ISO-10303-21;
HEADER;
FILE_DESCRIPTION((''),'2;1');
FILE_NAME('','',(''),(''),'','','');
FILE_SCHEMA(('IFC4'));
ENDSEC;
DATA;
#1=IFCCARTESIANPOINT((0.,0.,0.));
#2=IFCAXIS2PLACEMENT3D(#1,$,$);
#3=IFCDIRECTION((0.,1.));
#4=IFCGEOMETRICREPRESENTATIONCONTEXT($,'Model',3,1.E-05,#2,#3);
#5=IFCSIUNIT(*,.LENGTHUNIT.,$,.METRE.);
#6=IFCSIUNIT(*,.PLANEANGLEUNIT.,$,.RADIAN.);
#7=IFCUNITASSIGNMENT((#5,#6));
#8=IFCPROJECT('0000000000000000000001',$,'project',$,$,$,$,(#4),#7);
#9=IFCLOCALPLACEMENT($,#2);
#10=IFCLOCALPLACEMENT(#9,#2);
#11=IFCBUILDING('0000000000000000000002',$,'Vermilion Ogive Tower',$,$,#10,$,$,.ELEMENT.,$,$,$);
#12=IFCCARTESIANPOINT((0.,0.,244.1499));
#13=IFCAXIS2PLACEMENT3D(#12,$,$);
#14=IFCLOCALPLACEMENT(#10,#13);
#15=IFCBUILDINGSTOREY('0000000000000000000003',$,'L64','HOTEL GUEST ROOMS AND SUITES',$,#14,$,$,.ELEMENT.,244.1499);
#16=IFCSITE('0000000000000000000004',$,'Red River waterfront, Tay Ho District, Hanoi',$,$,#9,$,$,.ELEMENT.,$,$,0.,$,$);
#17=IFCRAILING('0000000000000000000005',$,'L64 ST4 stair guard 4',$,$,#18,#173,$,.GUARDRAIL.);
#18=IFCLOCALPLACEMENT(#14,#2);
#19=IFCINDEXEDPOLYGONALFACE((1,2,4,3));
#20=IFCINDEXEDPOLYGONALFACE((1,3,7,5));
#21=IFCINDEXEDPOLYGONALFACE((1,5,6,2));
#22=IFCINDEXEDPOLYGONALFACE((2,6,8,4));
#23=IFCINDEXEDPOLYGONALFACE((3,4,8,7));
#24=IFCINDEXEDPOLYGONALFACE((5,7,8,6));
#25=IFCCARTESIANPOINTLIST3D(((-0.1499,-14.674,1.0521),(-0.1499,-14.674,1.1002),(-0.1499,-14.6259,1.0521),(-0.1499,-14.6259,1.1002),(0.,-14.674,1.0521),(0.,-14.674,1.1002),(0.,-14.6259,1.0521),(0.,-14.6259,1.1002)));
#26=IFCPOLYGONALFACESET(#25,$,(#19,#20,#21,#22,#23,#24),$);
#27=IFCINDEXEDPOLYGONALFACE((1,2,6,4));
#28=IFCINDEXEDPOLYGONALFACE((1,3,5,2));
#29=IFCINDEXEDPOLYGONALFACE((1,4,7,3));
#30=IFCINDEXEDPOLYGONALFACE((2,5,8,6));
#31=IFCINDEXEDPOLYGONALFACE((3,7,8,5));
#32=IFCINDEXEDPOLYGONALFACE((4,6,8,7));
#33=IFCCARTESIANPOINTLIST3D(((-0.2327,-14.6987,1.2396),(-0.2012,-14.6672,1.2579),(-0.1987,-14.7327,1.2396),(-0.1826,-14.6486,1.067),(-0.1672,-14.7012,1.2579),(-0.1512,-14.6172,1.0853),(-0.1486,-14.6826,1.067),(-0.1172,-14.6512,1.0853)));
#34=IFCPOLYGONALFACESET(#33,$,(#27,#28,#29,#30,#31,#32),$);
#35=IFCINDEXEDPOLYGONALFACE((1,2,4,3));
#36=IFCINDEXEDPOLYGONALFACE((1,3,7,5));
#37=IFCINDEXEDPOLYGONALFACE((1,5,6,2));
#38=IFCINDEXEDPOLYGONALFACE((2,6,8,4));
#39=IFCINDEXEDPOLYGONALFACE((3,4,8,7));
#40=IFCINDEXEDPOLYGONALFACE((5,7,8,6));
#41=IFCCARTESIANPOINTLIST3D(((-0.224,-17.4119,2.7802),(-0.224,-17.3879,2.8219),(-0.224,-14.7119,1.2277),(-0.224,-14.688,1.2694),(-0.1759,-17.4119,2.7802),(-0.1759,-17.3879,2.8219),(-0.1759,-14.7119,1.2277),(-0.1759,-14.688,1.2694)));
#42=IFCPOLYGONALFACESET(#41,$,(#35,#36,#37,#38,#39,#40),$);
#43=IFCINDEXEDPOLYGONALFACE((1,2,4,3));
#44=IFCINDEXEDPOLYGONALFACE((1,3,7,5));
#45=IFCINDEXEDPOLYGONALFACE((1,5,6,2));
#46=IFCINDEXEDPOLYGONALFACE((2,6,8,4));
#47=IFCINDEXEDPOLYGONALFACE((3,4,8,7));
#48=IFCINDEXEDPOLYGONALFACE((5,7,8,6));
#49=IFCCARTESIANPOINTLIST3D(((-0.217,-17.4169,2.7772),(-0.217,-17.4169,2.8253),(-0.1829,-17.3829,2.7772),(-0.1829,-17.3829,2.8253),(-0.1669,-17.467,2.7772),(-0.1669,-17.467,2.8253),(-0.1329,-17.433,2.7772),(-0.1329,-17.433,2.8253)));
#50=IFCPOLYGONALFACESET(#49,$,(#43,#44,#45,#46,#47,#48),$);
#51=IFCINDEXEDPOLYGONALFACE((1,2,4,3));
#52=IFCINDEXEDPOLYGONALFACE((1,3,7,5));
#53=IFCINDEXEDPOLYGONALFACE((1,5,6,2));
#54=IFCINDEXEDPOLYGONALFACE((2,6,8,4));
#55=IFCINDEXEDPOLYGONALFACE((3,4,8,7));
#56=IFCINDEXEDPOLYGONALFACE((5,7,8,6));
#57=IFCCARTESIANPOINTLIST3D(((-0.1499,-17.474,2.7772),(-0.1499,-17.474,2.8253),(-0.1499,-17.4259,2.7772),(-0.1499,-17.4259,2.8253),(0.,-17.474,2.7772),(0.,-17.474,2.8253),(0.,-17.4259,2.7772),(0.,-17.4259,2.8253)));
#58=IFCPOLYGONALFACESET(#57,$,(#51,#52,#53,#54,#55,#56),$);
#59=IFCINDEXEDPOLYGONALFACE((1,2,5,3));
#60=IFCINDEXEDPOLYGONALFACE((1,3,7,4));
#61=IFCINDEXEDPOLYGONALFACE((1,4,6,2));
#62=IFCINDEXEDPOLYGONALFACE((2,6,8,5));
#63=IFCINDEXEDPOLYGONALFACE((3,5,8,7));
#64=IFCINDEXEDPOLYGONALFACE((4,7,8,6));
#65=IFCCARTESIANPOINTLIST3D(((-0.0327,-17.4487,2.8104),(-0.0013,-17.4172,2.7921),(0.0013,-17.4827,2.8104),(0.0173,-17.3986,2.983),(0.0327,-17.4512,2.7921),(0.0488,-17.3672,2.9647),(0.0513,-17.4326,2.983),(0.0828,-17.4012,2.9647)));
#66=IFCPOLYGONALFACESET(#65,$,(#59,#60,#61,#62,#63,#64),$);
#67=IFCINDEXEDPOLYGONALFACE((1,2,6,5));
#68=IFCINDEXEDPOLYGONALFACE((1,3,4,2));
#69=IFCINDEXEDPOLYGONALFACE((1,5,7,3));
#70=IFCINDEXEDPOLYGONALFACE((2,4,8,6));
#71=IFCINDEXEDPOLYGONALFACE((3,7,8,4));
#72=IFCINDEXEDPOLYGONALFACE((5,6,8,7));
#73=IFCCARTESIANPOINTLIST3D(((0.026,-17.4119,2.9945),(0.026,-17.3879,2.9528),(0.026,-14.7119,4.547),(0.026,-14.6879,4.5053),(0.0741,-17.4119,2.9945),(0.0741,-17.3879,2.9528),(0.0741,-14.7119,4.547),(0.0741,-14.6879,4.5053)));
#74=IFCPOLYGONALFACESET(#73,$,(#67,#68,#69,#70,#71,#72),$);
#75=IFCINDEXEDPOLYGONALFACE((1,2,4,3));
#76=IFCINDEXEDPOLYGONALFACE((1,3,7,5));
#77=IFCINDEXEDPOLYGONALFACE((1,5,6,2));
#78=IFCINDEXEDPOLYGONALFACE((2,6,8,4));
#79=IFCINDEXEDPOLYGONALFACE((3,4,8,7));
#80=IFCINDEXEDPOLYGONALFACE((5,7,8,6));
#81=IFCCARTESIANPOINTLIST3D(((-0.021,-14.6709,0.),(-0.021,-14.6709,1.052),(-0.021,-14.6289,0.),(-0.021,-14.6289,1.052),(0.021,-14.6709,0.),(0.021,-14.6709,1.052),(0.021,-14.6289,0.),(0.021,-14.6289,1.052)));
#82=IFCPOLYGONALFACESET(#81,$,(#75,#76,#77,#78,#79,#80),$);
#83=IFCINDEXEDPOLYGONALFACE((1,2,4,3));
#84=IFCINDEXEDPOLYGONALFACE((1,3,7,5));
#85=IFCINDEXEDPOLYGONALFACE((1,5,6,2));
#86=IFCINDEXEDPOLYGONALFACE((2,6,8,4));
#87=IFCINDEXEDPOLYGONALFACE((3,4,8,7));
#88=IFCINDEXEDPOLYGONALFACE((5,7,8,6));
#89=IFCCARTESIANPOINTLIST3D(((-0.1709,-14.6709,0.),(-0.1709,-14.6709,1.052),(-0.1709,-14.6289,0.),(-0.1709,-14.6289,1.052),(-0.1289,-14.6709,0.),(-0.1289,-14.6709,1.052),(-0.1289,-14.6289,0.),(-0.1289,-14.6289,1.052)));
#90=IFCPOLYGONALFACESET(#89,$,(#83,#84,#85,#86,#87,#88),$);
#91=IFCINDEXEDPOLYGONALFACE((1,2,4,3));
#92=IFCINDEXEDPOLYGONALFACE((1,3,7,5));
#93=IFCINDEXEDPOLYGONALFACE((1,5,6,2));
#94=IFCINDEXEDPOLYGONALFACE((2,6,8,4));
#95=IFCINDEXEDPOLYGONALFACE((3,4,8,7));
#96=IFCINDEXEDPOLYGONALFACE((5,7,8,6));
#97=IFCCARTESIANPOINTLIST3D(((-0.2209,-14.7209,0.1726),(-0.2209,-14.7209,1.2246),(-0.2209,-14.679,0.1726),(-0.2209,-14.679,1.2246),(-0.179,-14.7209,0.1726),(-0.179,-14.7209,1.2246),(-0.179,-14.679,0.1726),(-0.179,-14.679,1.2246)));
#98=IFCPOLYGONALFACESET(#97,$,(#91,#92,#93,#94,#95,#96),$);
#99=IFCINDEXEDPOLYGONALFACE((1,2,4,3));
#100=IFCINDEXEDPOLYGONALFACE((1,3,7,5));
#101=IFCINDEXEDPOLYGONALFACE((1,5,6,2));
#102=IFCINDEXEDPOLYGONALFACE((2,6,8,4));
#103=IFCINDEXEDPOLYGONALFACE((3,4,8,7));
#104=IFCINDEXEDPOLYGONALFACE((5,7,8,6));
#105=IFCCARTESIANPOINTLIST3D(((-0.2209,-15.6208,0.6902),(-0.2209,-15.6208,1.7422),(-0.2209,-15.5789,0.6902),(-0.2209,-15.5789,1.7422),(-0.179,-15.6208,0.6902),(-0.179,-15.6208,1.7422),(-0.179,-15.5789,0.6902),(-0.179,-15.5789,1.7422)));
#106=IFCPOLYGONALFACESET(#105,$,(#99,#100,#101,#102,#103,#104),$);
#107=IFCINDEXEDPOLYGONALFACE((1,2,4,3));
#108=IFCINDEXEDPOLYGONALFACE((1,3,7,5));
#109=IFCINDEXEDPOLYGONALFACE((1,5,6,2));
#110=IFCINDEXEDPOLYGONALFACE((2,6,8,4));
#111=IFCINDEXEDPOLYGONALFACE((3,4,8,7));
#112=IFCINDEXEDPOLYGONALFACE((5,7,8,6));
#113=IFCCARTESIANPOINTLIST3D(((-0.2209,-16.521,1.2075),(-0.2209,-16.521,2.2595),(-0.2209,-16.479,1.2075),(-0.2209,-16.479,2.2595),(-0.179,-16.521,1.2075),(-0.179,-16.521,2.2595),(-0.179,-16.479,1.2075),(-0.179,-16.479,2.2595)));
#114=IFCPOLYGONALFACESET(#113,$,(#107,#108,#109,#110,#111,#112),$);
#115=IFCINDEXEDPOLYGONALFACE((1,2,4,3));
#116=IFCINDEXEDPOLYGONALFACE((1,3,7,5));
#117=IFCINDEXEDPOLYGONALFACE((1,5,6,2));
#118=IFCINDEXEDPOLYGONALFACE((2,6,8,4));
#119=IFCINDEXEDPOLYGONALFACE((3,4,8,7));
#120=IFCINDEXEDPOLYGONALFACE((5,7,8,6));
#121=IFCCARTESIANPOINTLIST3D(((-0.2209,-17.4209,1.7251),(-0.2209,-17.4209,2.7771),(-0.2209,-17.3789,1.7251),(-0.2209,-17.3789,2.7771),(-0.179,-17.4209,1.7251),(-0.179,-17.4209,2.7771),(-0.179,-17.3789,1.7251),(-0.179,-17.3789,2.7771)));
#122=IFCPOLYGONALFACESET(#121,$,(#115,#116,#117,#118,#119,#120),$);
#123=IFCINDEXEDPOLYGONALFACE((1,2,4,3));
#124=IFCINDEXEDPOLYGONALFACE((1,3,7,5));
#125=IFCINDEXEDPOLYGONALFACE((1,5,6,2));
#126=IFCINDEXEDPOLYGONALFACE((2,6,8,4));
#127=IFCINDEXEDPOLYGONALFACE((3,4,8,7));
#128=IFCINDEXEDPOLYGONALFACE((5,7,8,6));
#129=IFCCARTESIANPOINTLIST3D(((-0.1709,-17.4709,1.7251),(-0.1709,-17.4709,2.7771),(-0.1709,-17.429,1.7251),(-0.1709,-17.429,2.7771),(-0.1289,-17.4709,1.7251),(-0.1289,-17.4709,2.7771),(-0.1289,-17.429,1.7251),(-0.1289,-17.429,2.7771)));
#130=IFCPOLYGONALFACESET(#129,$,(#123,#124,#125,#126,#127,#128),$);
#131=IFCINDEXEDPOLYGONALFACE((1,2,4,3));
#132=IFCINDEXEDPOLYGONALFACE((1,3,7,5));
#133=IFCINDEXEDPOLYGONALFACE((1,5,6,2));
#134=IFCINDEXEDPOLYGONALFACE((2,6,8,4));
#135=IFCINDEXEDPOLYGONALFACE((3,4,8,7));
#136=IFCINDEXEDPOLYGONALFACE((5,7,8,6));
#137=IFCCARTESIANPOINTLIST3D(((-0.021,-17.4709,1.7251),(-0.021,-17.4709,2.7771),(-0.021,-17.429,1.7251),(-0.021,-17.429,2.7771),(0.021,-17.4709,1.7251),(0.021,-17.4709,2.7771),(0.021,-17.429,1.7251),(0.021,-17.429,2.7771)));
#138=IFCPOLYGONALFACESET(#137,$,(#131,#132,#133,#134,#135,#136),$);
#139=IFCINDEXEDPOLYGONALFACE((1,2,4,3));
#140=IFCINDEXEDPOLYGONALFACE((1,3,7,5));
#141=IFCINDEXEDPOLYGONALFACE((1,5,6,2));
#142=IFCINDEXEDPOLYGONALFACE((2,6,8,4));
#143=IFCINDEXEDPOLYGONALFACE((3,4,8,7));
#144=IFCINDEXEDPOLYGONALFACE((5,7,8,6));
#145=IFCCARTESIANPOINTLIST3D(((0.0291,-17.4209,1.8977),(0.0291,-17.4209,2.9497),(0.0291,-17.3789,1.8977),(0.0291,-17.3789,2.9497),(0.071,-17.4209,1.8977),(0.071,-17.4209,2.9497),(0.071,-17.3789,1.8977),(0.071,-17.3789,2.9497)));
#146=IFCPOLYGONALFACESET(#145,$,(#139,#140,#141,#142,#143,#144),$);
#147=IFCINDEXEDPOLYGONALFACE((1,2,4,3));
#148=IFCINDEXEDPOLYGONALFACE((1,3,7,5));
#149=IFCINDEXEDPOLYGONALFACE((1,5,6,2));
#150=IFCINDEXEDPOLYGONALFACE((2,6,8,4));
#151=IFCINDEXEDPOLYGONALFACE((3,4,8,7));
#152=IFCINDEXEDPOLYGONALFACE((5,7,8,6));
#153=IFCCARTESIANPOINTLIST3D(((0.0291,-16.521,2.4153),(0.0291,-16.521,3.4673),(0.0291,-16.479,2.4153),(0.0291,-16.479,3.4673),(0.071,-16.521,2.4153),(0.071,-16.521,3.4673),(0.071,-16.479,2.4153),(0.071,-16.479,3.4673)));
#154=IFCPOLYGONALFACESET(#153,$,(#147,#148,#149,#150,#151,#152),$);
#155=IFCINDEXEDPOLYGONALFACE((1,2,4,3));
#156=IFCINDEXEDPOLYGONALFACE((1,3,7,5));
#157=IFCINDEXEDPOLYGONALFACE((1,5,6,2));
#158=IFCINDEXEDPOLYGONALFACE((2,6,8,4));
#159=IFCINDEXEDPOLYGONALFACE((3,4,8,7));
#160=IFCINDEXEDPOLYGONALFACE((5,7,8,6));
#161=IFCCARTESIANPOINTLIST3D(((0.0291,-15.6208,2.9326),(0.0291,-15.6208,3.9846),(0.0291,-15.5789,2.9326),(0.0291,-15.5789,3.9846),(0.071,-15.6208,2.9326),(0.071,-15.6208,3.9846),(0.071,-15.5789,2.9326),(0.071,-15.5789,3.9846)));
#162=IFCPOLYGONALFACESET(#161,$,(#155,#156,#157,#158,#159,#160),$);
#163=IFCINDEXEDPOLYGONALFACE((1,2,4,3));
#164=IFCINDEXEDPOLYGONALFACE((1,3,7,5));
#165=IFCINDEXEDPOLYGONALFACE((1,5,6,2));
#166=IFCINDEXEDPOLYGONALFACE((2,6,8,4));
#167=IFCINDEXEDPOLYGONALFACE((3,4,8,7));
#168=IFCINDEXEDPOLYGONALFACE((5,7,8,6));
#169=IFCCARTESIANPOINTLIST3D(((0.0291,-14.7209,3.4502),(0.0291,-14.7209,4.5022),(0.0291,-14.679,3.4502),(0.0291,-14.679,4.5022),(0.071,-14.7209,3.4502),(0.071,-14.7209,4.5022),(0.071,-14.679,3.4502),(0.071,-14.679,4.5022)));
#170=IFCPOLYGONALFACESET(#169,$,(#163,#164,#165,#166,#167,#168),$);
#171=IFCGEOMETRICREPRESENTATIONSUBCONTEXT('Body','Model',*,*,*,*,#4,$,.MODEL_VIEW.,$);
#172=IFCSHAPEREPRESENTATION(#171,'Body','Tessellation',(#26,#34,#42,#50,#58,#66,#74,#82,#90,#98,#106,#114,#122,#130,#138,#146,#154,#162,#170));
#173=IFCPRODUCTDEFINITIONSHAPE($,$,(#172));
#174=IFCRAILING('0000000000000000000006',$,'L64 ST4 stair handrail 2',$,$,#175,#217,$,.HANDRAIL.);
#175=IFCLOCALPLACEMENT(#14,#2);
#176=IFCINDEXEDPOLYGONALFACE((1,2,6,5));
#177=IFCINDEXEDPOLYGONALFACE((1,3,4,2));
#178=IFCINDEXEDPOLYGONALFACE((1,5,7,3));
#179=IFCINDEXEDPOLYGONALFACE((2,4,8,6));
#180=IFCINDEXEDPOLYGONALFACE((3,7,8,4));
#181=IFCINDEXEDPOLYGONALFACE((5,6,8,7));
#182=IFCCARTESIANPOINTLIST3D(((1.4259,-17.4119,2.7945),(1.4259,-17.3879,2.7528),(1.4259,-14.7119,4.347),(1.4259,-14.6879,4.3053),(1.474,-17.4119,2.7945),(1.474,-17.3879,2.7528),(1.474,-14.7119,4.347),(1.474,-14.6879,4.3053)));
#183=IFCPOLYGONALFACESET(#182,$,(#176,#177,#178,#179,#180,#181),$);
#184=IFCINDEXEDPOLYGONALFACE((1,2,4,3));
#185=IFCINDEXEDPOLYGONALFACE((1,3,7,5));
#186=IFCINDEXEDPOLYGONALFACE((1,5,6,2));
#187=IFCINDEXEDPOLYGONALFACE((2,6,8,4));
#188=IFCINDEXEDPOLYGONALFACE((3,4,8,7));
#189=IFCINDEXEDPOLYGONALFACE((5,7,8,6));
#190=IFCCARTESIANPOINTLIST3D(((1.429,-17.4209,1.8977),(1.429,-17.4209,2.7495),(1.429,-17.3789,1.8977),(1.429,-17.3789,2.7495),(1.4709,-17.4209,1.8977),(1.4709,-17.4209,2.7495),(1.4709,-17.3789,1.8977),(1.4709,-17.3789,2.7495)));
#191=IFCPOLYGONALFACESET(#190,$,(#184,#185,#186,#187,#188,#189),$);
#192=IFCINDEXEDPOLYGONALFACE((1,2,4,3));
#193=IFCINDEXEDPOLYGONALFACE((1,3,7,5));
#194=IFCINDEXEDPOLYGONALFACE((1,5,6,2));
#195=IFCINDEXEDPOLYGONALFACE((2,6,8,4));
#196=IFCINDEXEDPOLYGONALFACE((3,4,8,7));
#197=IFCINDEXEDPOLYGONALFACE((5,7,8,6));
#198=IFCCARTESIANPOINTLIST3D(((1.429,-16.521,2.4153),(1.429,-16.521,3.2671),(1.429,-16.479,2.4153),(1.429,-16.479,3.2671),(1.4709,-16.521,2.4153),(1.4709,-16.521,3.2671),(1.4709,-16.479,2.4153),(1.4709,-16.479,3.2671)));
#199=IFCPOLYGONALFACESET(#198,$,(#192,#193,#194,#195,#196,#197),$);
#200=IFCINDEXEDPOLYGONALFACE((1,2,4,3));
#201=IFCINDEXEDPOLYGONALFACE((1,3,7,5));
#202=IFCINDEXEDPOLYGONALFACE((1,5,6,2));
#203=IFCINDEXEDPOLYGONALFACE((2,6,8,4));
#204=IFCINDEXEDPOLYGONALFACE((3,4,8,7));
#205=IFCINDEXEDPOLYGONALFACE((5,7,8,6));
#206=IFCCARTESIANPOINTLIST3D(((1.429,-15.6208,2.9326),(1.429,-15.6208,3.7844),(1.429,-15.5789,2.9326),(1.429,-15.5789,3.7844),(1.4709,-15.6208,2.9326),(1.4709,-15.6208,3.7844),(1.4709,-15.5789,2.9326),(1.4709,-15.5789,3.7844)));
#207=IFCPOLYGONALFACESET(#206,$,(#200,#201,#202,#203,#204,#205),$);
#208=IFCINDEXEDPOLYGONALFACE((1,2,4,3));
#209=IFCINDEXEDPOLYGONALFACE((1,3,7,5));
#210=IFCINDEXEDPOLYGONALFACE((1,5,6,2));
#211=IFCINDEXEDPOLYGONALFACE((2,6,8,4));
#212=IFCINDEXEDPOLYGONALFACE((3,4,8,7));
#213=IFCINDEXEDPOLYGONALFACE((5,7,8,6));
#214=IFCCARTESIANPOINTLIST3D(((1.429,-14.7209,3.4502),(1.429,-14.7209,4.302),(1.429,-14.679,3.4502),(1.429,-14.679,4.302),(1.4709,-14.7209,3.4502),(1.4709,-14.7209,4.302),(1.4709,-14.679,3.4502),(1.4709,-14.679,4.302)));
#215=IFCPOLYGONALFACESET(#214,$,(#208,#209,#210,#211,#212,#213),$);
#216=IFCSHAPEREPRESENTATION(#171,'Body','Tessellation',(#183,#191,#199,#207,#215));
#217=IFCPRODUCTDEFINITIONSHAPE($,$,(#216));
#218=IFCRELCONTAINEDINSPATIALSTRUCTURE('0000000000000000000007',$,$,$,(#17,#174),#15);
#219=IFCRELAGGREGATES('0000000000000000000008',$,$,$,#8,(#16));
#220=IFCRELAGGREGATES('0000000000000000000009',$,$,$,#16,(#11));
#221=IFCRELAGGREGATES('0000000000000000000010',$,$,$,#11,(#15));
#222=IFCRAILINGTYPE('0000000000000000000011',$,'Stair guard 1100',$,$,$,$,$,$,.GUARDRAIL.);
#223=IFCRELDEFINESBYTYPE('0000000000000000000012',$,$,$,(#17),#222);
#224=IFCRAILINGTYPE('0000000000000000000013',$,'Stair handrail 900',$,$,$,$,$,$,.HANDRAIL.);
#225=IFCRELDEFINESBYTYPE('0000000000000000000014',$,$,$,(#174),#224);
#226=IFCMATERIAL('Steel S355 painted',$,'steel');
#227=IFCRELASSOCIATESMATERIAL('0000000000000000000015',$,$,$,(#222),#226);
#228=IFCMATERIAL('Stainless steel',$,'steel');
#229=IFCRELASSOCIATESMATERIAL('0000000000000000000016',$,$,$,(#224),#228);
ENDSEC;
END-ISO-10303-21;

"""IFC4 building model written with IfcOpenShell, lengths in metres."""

from ifc_helpers import new_model, si_unit, direction, frame, origin, origin_2d, place, context, subcontext, project, spatial, rectangle, extrude, material, type_object, element, save


model = new_model("IFC4")

# Units and contexts
model_context = context("Model", 3, precision=1e-05, world=origin(), true_north=direction((0.0, 1.0)))
body_context = subcontext(model_context, "Body", "Model", "MODEL_VIEW")
ifc_project = project(units=[si_unit("LENGTHUNIT", "METRE"), si_unit("PLANEANGLEUNIT", "RADIAN")], contexts=[model_context])

# Site, building, storey
site_placement = place(None, origin())
site = spatial("IfcSite", under=ifc_project, at=site_placement, Name="Red River waterfront, Tay Ho District, Hanoi", CompositionType="ELEMENT", RefElevation=0.0)
building_placement = place(site_placement, origin())
building = spatial("IfcBuilding", under=site, at=building_placement, Name="Vermilion Ogive Tower", CompositionType="ELEMENT")
storey_placement = place(building_placement, frame((0.0, 0.0, 244.1499)))
storey = spatial("IfcBuildingStorey", under=building, at=storey_placement, Name="L64", Description="HOTEL GUEST ROOMS AND SUITES", CompositionType="ELEMENT", Elevation=244.1499)

# Railings
ifc_material_1 = material(Name="Steel S355 painted", Category="steel")
railing_type_1 = type_object("IfcRailingType", Name="Stair guard 1100", PredefinedType="GUARDRAIL", material=ifc_material_1)
railing_1_placement = place(storey_placement, frame((0.0, -14.6499, 0.0)))
element("IfcRailing", 1, at=railing_1_placement, inside=storey, type_object=railing_type_1, Name="L64 ST4 stair guard 4", PredefinedType="GUARDRAIL", context=body_context, shape_type="SweptSolid", body=[
    extrude(rectangle(XDim=0.0481, YDim=0.0481, at=origin_2d()), frame((0.0, 0.0, 1.0762), z_axis=(-1.0, 0.0, 0.0), x_axis=(0.0, -1.0, 0.0)), (0.0, 0.0, 1.0), 0.1499),
    extrude(rectangle(XDim=0.0481, YDim=0.0481, at=origin_2d()), frame((-0.1499, 0.0, 1.0762), z_axis=(-0.268278, -0.268278, 0.925232), x_axis=(0.707107, -0.707107, 0.0)), (0.0, 0.0, 1.0), 0.1865),
    extrude(rectangle(XDim=0.0481, YDim=0.0481, at=origin_2d()), frame((-0.2, -0.05, 1.2485), z_axis=(0.0, -0.866904, 0.498476), x_axis=(1.0, 0.0, 0.0)), (0.0, 0.0, 1.0), 3.1145),
    extrude(rectangle(XDim=0.0481, YDim=0.0481, at=origin_2d()), frame((-0.2, -2.75, 2.8013), z_axis=(0.707107, -0.707107, 0.0), x_axis=(0.707107, 0.707107, 0.0)), (0.0, 0.0, 1.0), 0.0708),
    extrude(rectangle(XDim=0.0481, YDim=0.0481, at=origin_2d()), frame((-0.1499, -2.8, 2.8013), z_axis=(1.0, 0.0, 0.0), x_axis=(0.0, 1.0, 0.0)), (0.0, 0.0, 1.0), 0.1499),
    extrude(rectangle(XDim=0.0481, YDim=0.0481, at=origin_2d()), frame((0.0, -2.8, 2.8013), z_axis=(0.268278, 0.268278, 0.925232), x_axis=(-0.707107, 0.707107, 0.0)), (0.0, 0.0, 1.0), 0.1865),
    extrude(rectangle(XDim=0.0481, YDim=0.0481, at=origin_2d()), frame((0.05, -2.75, 2.9736), z_axis=(0.0, 0.866904, 0.498476), x_axis=(-1.0, 0.0, 0.0)), (0.0, 0.0, 1.0), 3.1145),
    extrude(rectangle(XDim=0.042, YDim=0.042, at=origin_2d()), origin(), (0.0, 0.0, 1.0), 1.052),
    extrude(rectangle(XDim=0.042, YDim=0.042, at=origin_2d()), frame((-0.1499, 0.0, 0.0)), (0.0, 0.0, 1.0), 1.052),
    extrude(rectangle(XDim=0.042, YDim=0.042, at=origin_2d()), frame((-0.2, -0.05, 0.1726)), (0.0, 0.0, 1.0), 1.052),
    extrude(rectangle(XDim=0.042, YDim=0.042, at=origin_2d()), frame((-0.2, -0.95, 0.6902)), (0.0, 0.0, 1.0), 1.052),
    extrude(rectangle(XDim=0.042, YDim=0.042, at=origin_2d()), frame((-0.2, -1.8501, 1.2075)), (0.0, 0.0, 1.0), 1.052),
    extrude(rectangle(XDim=0.042, YDim=0.042, at=origin_2d()), frame((-0.2, -2.75, 1.7251)), (0.0, 0.0, 1.0), 1.052),
    extrude(rectangle(XDim=0.042, YDim=0.042, at=origin_2d()), frame((-0.1499, -2.8, 1.7251)), (0.0, 0.0, 1.0), 1.052),
    extrude(rectangle(XDim=0.042, YDim=0.042, at=origin_2d()), frame((0.0, -2.8, 1.7251)), (0.0, 0.0, 1.0), 1.052),
    extrude(rectangle(XDim=0.042, YDim=0.042, at=origin_2d()), frame((0.05, -2.75, 1.8977)), (0.0, 0.0, 1.0), 1.052),
    extrude(rectangle(XDim=0.042, YDim=0.042, at=origin_2d()), frame((0.05, -1.8501, 2.4153)), (0.0, 0.0, 1.0), 1.052),
    extrude(rectangle(XDim=0.042, YDim=0.042, at=origin_2d()), frame((0.05, -0.95, 2.9326)), (0.0, 0.0, 1.0), 1.052),
    extrude(rectangle(XDim=0.042, YDim=0.042, at=origin_2d()), frame((0.05, -0.05, 3.4502)), (0.0, 0.0, 1.0), 1.052),
])
ifc_material_2 = material(Name="Stainless steel", Category="steel")
railing_type_2 = type_object("IfcRailingType", Name="Stair handrail 900", PredefinedType="HANDRAIL", material=ifc_material_2)
railing_2_placement = place(storey_placement, frame((1.45, -17.3999, 1.8977)))
element("IfcRailing", 2, at=railing_2_placement, inside=storey, type_object=railing_type_2, Name="L64 ST4 stair handrail 2", PredefinedType="HANDRAIL", context=body_context, shape_type="SweptSolid", body=[
    extrude(rectangle(XDim=0.0481, YDim=0.0481, at=origin_2d()), frame((0.0, 0.0, 0.876), z_axis=(0.0, 0.866904, 0.498476), x_axis=(-1.0, 0.0, 0.0)), (0.0, 0.0, 1.0), 3.1145),
    extrude(rectangle(XDim=0.042, YDim=0.042, at=origin_2d()), origin(), (0.0, 0.0, 1.0), 0.8518),
    extrude(rectangle(XDim=0.042, YDim=0.042, at=origin_2d()), frame((0.0, 0.8999, 0.5176)), (0.0, 0.0, 1.0), 0.8518),
    extrude(rectangle(XDim=0.042, YDim=0.042, at=origin_2d()), frame((0.0, 1.8, 1.0349)), (0.0, 0.0, 1.0), 0.8518),
    extrude(rectangle(XDim=0.042, YDim=0.042, at=origin_2d()), frame((0.0, 2.7, 1.5525)), (0.0, 0.0, 1.0), 0.8518),
])

save(model, "model.ifc")
